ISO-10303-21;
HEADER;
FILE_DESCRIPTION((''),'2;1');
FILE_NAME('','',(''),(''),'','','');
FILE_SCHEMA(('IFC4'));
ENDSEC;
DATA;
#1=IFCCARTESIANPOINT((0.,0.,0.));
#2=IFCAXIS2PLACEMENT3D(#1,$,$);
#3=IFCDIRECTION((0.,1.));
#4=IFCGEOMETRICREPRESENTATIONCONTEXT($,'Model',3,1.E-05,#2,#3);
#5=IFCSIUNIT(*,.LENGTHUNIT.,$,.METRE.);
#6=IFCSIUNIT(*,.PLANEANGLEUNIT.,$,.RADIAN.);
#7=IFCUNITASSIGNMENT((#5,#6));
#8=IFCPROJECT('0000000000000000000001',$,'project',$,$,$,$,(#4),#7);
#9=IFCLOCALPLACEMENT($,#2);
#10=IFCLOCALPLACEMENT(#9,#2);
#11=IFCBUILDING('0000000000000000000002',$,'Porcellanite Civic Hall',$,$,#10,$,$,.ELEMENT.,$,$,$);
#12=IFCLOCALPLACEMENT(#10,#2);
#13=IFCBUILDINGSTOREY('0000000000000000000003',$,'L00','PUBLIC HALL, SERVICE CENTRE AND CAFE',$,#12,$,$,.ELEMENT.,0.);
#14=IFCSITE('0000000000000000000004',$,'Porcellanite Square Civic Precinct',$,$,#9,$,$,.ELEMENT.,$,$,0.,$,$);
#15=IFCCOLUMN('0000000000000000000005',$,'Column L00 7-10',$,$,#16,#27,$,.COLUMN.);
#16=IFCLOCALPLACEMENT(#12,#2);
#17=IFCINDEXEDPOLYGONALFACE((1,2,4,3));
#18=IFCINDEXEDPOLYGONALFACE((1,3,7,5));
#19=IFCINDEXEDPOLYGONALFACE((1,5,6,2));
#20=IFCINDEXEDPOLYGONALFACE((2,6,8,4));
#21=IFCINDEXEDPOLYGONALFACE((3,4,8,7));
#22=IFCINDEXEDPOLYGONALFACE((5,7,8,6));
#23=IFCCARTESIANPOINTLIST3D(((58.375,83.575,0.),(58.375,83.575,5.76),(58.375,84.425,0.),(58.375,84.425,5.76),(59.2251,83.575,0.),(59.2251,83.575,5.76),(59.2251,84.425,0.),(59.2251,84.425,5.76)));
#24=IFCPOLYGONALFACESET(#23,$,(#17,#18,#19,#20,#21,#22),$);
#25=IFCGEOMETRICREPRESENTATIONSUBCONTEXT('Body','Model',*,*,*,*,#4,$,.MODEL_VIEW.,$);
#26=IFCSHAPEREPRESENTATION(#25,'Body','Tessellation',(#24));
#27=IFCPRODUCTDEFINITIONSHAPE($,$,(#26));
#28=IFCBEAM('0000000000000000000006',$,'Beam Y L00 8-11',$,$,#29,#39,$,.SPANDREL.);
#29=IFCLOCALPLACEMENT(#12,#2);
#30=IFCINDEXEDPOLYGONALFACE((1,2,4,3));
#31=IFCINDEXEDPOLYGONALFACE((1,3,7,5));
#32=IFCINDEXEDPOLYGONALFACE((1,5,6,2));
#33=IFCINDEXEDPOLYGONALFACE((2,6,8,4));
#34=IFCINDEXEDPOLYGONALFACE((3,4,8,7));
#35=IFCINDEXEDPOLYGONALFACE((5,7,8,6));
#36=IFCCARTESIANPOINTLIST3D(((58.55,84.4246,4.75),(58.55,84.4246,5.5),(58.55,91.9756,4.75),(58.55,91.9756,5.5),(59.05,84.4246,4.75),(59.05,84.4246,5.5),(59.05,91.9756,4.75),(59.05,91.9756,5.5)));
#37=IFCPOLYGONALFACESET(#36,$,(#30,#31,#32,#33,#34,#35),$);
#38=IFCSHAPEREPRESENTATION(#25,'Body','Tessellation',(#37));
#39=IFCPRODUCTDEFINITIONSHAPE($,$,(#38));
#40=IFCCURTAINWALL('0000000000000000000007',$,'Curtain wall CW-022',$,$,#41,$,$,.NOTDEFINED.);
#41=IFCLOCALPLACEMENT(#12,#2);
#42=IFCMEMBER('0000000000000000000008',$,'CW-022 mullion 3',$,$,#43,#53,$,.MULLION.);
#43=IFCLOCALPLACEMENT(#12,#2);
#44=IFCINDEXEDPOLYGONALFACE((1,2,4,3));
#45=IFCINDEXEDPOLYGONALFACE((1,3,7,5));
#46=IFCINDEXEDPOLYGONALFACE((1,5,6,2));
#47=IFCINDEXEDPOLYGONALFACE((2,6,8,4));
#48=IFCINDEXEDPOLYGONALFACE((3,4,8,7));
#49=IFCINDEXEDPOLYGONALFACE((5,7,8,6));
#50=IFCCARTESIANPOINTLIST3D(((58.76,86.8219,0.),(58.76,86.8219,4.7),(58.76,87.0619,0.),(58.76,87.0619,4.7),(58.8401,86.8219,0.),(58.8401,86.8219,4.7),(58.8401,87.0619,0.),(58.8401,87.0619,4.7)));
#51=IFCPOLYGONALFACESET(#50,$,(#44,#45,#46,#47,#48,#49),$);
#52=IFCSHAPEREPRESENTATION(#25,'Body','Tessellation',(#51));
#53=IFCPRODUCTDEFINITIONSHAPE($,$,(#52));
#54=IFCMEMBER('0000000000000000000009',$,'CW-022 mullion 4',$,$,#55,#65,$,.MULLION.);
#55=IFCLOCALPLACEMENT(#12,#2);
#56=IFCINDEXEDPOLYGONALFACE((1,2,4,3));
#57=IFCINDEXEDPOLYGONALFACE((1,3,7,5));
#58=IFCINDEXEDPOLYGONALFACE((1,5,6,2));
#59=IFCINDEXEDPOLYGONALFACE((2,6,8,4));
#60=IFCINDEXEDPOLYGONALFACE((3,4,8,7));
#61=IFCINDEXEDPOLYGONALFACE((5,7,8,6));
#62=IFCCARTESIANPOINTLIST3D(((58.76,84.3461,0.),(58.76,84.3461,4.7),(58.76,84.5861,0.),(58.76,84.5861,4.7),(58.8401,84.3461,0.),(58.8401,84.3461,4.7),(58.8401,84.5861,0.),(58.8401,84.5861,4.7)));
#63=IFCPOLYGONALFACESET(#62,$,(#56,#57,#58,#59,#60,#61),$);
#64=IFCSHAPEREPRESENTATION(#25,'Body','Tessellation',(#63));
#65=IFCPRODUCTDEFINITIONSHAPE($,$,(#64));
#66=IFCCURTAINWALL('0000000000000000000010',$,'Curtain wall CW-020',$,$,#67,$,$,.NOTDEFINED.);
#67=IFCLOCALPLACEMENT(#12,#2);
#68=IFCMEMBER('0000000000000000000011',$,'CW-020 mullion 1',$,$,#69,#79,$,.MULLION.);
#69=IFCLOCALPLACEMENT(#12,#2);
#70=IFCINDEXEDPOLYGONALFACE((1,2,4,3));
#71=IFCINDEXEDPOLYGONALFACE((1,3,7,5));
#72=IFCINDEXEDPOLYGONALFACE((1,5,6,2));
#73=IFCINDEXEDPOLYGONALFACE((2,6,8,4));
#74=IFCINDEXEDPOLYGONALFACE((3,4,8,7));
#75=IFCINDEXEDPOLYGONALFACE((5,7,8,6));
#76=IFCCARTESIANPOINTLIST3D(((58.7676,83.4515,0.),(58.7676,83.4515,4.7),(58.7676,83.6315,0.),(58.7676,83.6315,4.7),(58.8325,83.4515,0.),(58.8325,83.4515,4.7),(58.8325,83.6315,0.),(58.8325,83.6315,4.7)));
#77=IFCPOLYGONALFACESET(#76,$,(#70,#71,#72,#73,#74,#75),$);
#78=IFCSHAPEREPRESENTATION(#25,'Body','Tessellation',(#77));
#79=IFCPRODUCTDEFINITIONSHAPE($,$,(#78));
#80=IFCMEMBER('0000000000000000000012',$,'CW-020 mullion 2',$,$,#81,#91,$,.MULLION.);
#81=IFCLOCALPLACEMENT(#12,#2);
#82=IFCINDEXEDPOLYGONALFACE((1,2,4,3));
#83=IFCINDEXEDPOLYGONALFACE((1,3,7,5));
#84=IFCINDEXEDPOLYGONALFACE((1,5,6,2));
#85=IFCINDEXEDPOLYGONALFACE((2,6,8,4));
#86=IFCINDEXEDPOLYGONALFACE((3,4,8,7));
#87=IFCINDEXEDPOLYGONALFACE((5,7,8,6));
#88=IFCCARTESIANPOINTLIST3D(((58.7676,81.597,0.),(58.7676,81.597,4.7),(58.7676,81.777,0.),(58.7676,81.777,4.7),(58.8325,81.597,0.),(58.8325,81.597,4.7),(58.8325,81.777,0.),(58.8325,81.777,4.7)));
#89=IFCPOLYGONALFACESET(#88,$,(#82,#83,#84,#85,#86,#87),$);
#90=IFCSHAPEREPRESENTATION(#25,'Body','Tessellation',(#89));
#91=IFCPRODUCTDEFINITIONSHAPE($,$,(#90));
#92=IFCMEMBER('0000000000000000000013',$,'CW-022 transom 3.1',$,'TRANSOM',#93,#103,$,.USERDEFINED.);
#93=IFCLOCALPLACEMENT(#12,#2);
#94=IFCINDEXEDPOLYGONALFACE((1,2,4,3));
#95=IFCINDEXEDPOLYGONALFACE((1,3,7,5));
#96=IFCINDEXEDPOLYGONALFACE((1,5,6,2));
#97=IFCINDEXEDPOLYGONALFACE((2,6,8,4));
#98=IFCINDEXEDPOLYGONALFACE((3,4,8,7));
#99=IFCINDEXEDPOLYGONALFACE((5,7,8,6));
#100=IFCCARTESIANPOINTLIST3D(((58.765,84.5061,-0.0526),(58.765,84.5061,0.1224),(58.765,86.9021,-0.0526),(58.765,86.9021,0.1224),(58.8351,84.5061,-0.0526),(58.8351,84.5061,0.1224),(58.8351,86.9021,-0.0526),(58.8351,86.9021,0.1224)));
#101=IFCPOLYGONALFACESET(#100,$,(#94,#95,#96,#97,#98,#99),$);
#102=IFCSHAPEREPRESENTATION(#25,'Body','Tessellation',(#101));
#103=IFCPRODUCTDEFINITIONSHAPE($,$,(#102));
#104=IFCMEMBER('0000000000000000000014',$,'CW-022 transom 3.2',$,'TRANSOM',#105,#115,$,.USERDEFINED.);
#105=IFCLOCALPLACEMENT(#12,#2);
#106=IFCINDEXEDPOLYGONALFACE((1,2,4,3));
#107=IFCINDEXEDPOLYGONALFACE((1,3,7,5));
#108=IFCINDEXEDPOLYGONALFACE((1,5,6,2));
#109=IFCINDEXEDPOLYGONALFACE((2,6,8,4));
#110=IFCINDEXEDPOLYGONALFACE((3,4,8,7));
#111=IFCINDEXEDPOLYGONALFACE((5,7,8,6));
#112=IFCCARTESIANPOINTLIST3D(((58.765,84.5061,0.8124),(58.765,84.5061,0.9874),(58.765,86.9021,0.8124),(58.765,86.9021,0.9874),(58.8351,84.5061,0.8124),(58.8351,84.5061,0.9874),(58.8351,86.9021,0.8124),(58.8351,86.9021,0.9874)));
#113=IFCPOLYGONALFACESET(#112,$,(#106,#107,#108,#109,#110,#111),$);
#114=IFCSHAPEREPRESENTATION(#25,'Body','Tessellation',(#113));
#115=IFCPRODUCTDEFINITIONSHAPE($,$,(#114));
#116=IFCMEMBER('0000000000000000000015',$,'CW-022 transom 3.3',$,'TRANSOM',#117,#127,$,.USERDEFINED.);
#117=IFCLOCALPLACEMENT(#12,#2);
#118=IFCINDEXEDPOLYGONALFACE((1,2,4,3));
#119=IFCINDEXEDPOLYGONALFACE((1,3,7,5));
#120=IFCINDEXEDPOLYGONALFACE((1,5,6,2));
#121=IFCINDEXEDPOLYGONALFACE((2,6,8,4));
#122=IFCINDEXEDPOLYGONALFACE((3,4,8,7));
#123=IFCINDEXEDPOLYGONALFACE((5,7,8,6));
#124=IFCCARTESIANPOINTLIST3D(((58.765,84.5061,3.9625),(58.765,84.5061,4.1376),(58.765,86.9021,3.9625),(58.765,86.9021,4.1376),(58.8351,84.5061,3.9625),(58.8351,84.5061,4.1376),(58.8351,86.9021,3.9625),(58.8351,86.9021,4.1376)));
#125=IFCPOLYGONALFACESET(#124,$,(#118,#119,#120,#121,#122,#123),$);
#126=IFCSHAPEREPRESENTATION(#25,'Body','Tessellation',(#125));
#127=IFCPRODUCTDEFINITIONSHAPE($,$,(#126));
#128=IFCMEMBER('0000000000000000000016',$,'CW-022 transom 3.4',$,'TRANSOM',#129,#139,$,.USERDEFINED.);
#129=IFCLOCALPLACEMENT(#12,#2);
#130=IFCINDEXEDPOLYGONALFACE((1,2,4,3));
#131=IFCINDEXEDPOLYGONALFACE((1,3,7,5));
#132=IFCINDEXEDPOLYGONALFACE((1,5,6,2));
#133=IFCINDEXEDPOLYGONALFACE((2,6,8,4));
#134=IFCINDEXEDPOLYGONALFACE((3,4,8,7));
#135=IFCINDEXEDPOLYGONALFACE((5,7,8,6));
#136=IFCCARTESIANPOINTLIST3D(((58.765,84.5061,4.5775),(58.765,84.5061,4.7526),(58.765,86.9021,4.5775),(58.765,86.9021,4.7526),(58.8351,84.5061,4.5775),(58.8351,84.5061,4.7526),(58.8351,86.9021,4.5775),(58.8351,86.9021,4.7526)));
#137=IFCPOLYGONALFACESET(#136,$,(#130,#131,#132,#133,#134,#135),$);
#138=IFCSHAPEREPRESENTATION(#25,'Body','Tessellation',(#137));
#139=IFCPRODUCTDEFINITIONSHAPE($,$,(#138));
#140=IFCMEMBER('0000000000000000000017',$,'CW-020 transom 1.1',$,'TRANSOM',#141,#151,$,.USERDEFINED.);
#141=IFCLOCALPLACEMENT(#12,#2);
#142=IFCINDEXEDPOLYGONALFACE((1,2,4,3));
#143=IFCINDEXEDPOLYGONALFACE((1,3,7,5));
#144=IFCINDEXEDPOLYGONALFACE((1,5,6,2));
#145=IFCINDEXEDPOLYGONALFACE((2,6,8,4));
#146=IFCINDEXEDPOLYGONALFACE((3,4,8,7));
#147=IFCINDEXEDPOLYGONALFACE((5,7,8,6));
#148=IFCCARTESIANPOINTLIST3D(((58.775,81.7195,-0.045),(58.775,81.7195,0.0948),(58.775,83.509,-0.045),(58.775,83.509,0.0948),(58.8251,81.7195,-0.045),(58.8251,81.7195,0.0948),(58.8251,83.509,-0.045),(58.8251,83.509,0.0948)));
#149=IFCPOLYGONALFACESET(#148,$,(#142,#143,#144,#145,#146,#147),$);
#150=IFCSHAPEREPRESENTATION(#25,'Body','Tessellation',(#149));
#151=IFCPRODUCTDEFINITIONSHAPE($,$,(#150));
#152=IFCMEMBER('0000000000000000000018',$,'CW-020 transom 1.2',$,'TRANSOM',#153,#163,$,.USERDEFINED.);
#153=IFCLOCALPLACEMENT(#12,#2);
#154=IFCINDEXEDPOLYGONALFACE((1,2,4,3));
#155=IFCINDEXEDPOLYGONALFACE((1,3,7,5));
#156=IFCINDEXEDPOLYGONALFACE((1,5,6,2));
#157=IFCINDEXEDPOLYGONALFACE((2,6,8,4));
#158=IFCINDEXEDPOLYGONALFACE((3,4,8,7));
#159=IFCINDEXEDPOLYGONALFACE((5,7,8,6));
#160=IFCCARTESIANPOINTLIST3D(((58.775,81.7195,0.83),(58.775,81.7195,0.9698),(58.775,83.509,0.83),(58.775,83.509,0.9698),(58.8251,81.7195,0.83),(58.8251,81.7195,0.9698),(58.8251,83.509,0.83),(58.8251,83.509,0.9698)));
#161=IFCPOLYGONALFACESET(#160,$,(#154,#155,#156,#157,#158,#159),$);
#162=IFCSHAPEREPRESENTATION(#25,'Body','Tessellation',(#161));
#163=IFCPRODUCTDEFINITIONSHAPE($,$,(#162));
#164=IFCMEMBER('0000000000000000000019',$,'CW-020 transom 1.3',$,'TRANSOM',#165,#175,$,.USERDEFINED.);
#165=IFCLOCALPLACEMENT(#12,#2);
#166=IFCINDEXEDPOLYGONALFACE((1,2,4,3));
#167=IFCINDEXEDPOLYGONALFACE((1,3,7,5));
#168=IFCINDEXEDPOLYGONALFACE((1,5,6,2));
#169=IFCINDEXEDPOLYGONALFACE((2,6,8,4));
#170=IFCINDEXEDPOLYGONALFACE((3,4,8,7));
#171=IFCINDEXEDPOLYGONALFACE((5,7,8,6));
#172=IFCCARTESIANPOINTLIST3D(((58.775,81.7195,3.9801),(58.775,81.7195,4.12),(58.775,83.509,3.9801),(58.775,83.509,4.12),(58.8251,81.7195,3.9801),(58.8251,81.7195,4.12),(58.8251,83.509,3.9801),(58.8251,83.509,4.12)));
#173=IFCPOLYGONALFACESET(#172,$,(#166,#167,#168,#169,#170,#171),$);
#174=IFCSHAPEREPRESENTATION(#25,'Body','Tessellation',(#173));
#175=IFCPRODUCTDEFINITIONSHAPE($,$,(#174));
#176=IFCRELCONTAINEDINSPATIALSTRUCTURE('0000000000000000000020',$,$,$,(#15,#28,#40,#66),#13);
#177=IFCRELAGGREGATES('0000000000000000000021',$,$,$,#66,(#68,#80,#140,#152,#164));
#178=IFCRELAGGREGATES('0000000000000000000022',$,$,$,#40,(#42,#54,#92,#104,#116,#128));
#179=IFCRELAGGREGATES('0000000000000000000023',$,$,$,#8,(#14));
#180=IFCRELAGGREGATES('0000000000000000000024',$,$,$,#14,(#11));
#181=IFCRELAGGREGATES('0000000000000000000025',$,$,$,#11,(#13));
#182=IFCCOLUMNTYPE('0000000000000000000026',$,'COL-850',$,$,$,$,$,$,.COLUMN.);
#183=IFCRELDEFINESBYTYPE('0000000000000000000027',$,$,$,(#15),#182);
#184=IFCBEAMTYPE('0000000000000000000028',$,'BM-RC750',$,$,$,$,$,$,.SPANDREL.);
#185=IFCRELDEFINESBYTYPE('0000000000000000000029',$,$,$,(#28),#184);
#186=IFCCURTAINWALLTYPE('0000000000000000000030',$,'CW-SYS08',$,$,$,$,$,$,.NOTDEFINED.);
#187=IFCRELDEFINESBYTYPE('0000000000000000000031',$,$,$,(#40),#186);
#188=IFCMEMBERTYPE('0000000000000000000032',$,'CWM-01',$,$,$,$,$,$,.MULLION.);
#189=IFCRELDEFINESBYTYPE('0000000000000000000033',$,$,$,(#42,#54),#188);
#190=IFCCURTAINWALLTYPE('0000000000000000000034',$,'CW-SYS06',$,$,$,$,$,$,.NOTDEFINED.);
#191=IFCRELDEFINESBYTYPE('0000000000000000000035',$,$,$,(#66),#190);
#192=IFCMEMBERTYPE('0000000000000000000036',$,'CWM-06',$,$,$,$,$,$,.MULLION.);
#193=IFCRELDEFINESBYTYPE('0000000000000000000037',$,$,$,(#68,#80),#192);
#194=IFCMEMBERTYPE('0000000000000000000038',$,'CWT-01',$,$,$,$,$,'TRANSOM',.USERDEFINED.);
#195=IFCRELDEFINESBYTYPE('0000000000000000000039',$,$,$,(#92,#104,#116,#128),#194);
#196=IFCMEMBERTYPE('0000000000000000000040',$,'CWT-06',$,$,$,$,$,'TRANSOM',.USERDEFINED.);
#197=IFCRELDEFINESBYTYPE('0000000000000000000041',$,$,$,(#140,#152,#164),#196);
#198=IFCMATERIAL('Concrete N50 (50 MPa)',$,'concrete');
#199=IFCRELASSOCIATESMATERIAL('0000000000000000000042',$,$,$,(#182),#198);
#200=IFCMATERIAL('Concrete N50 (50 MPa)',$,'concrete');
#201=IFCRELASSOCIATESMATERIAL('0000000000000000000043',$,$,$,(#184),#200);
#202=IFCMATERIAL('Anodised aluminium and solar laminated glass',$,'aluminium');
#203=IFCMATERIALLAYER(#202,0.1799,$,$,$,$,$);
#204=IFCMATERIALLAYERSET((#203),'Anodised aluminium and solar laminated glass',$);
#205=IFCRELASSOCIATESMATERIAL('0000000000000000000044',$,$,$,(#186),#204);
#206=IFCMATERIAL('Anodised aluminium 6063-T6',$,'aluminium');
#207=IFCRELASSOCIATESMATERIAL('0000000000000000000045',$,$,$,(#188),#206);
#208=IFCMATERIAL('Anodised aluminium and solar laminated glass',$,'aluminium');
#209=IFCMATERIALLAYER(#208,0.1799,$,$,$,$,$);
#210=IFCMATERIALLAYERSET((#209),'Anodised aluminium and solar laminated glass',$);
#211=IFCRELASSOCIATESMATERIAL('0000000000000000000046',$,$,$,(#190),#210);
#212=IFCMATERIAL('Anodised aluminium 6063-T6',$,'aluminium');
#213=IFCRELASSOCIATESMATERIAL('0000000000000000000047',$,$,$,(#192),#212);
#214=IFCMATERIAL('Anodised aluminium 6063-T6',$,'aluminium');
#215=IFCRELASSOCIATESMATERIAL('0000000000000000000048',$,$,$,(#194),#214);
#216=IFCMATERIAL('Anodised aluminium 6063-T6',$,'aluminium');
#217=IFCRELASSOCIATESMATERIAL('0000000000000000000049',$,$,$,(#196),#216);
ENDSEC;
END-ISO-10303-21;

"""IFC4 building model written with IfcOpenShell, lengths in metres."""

from ifc_helpers import new_model, si_unit, direction, frame, origin, origin_2d, place, context, subcontext, project, spatial, rectangle, extrude, material, layer, layer_set, material_profile, profile_set, type_object, element, aggregate, save


model = new_model("IFC4")

# Units and contexts
model_context = context("Model", 3, precision=1e-05, world=origin(), true_north=direction((0.0, 1.0)))
body_context = subcontext(model_context, "Body", "Model", "MODEL_VIEW")
ifc_project = project(units=[si_unit("LENGTHUNIT", "METRE"), si_unit("PLANEANGLEUNIT", "RADIAN")], contexts=[model_context])

# Site, building, storey
site_placement = place(None, origin())
site = spatial("IfcSite", under=ifc_project, at=site_placement, Name="Porcellanite Square Civic Precinct", CompositionType="ELEMENT", RefElevation=0.0)
building_placement = place(site_placement, origin())
building = spatial("IfcBuilding", under=site, at=building_placement, Name="Porcellanite Civic Hall", CompositionType="ELEMENT")
storey_placement = place(building_placement, origin())
storey = spatial("IfcBuildingStorey", under=building, at=storey_placement, Name="L00", Description="PUBLIC HALL, SERVICE CENTRE AND CAFE", CompositionType="ELEMENT", Elevation=0.0)

# Column
ifc_material_1 = material(Name="Concrete N50 (50 MPa)", Category="concrete")
ifc_material_profile_1 = material_profile(ifc_material_1, rectangle(XDim=0.8501, YDim=0.8501, at=origin_2d()), Name="RC-850x850")
ifc_profile_set_1 = profile_set([ifc_material_profile_1], Name="Concrete N50 (50 MPa)")
column_type_1 = type_object("IfcColumnType", Name="COL-850", PredefinedType="COLUMN", material=ifc_profile_set_1)
column_placement = place(storey_placement, frame((58.8, 84.0, 0.0), z_axis=(0.0, 0.0, 1.0), x_axis=(1.0, 0.0, 0.0)))
element("IfcColumn", 1, at=column_placement, inside=storey, type_object=column_type_1, Name="Column L00 7-10", PredefinedType="COLUMN", context=body_context, shape_type="SweptSolid", body=[
    extrude(rectangle(XDim=0.8501, YDim=0.8501, at=origin_2d()), origin(), (0.0, 0.0, 1.0), 5.76),
])

# Beam
ifc_material_2 = material(Name="Concrete N50 (50 MPa)", Category="concrete")
ifc_material_profile_2 = material_profile(ifc_material_2, rectangle(XDim=0.5, YDim=0.75, at=origin_2d()), Name="RC-500x750")
ifc_profile_set_2 = profile_set([ifc_material_profile_2], Name="Concrete N50 (50 MPa)")
beam_type = type_object("IfcBeamType", Name="BM-RC750", PredefinedType="SPANDREL", material=ifc_profile_set_2)
beam_placement = place(storey_placement, frame((58.8, 84.4246, 5.125), z_axis=(0.0, 1.0, 0.0), x_axis=(-1.0, 0.0, 0.0)))
element("IfcBeam", 2, at=beam_placement, inside=storey, type_object=beam_type, Name="Beam Y L00 8-11", PredefinedType="SPANDREL", context=body_context, shape_type="SweptSolid", body=[
    extrude(rectangle(XDim=0.5, YDim=0.75, at=origin_2d()), origin(), (0.0, 0.0, 1.0), 7.551),
])

# Curtain walls, members
ifc_material_3 = material(Name="Anodised aluminium and solar laminated glass", Category="aluminium")
ifc_layer_1 = layer(ifc_material_3, 0.1799)
ifc_layer_set_1 = layer_set([ifc_layer_1], Name="Anodised aluminium and solar laminated glass")
curtain_wall_type_1 = type_object("IfcCurtainWallType", Name="CW-SYS08", PredefinedType="NOTDEFINED", material=ifc_layer_set_1)
curtain_wall_1_placement = place(storey_placement, origin())
curtain_wall_1 = element("IfcCurtainWall", 3, at=curtain_wall_1_placement, inside=storey, type_object=curtain_wall_type_1, Name="Curtain wall CW-022", PredefinedType="NOTDEFINED")
ifc_material_4 = material(Name="Anodised aluminium 6063-T6", Category="aluminium")
ifc_material_profile_3 = material_profile(ifc_material_4, rectangle(XDim=0.0801, YDim=0.24, at=origin_2d()), Name="AL-80x240")
ifc_profile_set_3 = profile_set([ifc_material_profile_3], Name="Anodised aluminium 6063-T6")
member_type_1 = type_object("IfcMemberType", Name="CWM-01", PredefinedType="MULLION", material=ifc_profile_set_3)
member_1_placement = place(storey_placement, frame((58.8, 86.9419, 0.0), z_axis=(0.0, 0.0, 1.0), x_axis=(1.0, 0.0, 0.0)))
member_1 = element("IfcMember", 4, at=member_1_placement, type_object=member_type_1, Name="CW-022 mullion 3", PredefinedType="MULLION", context=body_context, shape_type="SweptSolid", body=[
    extrude(rectangle(XDim=0.0801, YDim=0.24, at=origin_2d()), origin(), (0.0, 0.0, 1.0), 4.7),
])
member_2_placement = place(storey_placement, frame((58.8, 84.4661, 0.0), z_axis=(0.0, 0.0, 1.0), x_axis=(1.0, 0.0, 0.0)))
member_2 = element("IfcMember", 5, at=member_2_placement, type_object=member_type_1, Name="CW-022 mullion 4", PredefinedType="MULLION", context=body_context, shape_type="SweptSolid", body=[
    extrude(rectangle(XDim=0.0801, YDim=0.24, at=origin_2d()), origin(), (0.0, 0.0, 1.0), 4.7),
])
ifc_material_5 = material(Name="Anodised aluminium and solar laminated glass", Category="aluminium")
ifc_layer_2 = layer(ifc_material_5, 0.1799)
ifc_layer_set_2 = layer_set([ifc_layer_2], Name="Anodised aluminium and solar laminated glass")
curtain_wall_type_2 = type_object("IfcCurtainWallType", Name="CW-SYS06", PredefinedType="NOTDEFINED", material=ifc_layer_set_2)
curtain_wall_2_placement = place(storey_placement, origin())
curtain_wall_2 = element("IfcCurtainWall", 6, at=curtain_wall_2_placement, inside=storey, type_object=curtain_wall_type_2, Name="Curtain wall CW-020", PredefinedType="NOTDEFINED")
ifc_material_6 = material(Name="Anodised aluminium 6063-T6", Category="aluminium")
ifc_material_profile_4 = material_profile(ifc_material_6, rectangle(XDim=0.0649, YDim=0.1799, at=origin_2d()), Name="AL-65x180")
ifc_profile_set_4 = profile_set([ifc_material_profile_4], Name="Anodised aluminium 6063-T6")
member_type_2 = type_object("IfcMemberType", Name="CWM-06", PredefinedType="MULLION", material=ifc_profile_set_4)
member_3_placement = place(storey_placement, frame((58.8, 83.5415, 0.0), z_axis=(0.0, 0.0, 1.0), x_axis=(1.0, 0.0, 0.0)))
member_3 = element("IfcMember", 7, at=member_3_placement, type_object=member_type_2, Name="CW-020 mullion 1", PredefinedType="MULLION", context=body_context, shape_type="SweptSolid", body=[
    extrude(rectangle(XDim=0.0649, YDim=0.1799, at=origin_2d()), origin(), (0.0, 0.0, 1.0), 4.7),
])
member_4_placement = place(storey_placement, frame((58.8, 81.687, 0.0), z_axis=(0.0, 0.0, 1.0), x_axis=(1.0, 0.0, 0.0)))
member_4 = element("IfcMember", 8, at=member_4_placement, type_object=member_type_2, Name="CW-020 mullion 2", PredefinedType="MULLION", context=body_context, shape_type="SweptSolid", body=[
    extrude(rectangle(XDim=0.0649, YDim=0.1799, at=origin_2d()), origin(), (0.0, 0.0, 1.0), 4.7),
])

# Members
ifc_material_7 = material(Name="Anodised aluminium 6063-T6", Category="aluminium")
ifc_material_profile_5 = material_profile(ifc_material_7, rectangle(XDim=0.0701, YDim=0.175, at=origin_2d()), Name="AL-70x175")
ifc_profile_set_5 = profile_set([ifc_material_profile_5], Name="Anodised aluminium 6063-T6")
member_type_3 = type_object("IfcMemberType", Name="CWT-01", ElementType="TRANSOM", PredefinedType="USERDEFINED", material=ifc_profile_set_5)
member_5_placement = place(storey_placement, frame((58.8, 86.9021, 0.0349), z_axis=(0.0, -1.0, 0.0), x_axis=(1.0, 0.0, 0.0)))
member_5 = element("IfcMember", 9, at=member_5_placement, type_object=member_type_3, Name="CW-022 transom 3.1", ObjectType="TRANSOM", PredefinedType="USERDEFINED", context=body_context, shape_type="SweptSolid", body=[
    extrude(rectangle(XDim=0.0701, YDim=0.175, at=origin_2d()), origin(), (0.0, 0.0, 1.0), 2.396),
])
member_6_placement = place(storey_placement, frame((58.8, 86.9021, 0.8999), z_axis=(0.0, -1.0, 0.0), x_axis=(1.0, 0.0, 0.0)))
member_6 = element("IfcMember", 10, at=member_6_placement, type_object=member_type_3, Name="CW-022 transom 3.2", ObjectType="TRANSOM", PredefinedType="USERDEFINED", context=body_context, shape_type="SweptSolid", body=[
    extrude(rectangle(XDim=0.0701, YDim=0.175, at=origin_2d()), origin(), (0.0, 0.0, 1.0), 2.396),
])
member_7_placement = place(storey_placement, frame((58.8, 86.9021, 4.05), z_axis=(0.0, -1.0, 0.0), x_axis=(1.0, 0.0, 0.0)))
member_7 = element("IfcMember", 11, at=member_7_placement, type_object=member_type_3, Name="CW-022 transom 3.3", ObjectType="TRANSOM", PredefinedType="USERDEFINED", context=body_context, shape_type="SweptSolid", body=[
    extrude(rectangle(XDim=0.0701, YDim=0.175, at=origin_2d()), origin(), (0.0, 0.0, 1.0), 2.396),
])
member_8_placement = place(storey_placement, frame((58.8, 86.9021, 4.665), z_axis=(0.0, -1.0, 0.0), x_axis=(1.0, 0.0, 0.0)))
member_8 = element("IfcMember", 12, at=member_8_placement, type_object=member_type_3, Name="CW-022 transom 3.4", ObjectType="TRANSOM", PredefinedType="USERDEFINED", context=body_context, shape_type="SweptSolid", body=[
    extrude(rectangle(XDim=0.0701, YDim=0.175, at=origin_2d()), origin(), (0.0, 0.0, 1.0), 2.396),
])
ifc_material_8 = material(Name="Anodised aluminium 6063-T6", Category="aluminium")
ifc_material_profile_6 = material_profile(ifc_material_8, rectangle(XDim=0.05, YDim=0.1399, at=origin_2d()), Name="AL-50x140")
ifc_profile_set_6 = profile_set([ifc_material_profile_6], Name="Anodised aluminium 6063-T6")
member_type_4 = type_object("IfcMemberType", Name="CWT-06", ElementType="TRANSOM", PredefinedType="USERDEFINED", material=ifc_profile_set_6)
member_9_placement = place(storey_placement, frame((58.8, 83.509, 0.0249), z_axis=(0.0, -1.0, 0.0), x_axis=(1.0, 0.0, 0.0)))
member_9 = element("IfcMember", 13, at=member_9_placement, type_object=member_type_4, Name="CW-020 transom 1.1", ObjectType="TRANSOM", PredefinedType="USERDEFINED", context=body_context, shape_type="SweptSolid", body=[
    extrude(rectangle(XDim=0.05, YDim=0.1399, at=origin_2d()), origin(), (0.0, 0.0, 1.0), 1.7896),
])
member_10_placement = place(storey_placement, frame((58.8, 83.509, 0.8999), z_axis=(0.0, -1.0, 0.0), x_axis=(1.0, 0.0, 0.0)))
member_10 = element("IfcMember", 14, at=member_10_placement, type_object=member_type_4, Name="CW-020 transom 1.2", ObjectType="TRANSOM", PredefinedType="USERDEFINED", context=body_context, shape_type="SweptSolid", body=[
    extrude(rectangle(XDim=0.05, YDim=0.1399, at=origin_2d()), origin(), (0.0, 0.0, 1.0), 1.7896),
])
member_11_placement = place(storey_placement, frame((58.8, 83.509, 4.05), z_axis=(0.0, -1.0, 0.0), x_axis=(1.0, 0.0, 0.0)))
member_11 = element("IfcMember", 15, at=member_11_placement, type_object=member_type_4, Name="CW-020 transom 1.3", ObjectType="TRANSOM", PredefinedType="USERDEFINED", context=body_context, shape_type="SweptSolid", body=[
    extrude(rectangle(XDim=0.05, YDim=0.1399, at=origin_2d()), origin(), (0.0, 0.0, 1.0), 1.7896),
])

aggregate(curtain_wall_2, [member_3, member_4, member_9, member_10, member_11])
aggregate(curtain_wall_1, [member_1, member_2, member_5, member_6, member_7, member_8])

save(model, "model.ifc")
